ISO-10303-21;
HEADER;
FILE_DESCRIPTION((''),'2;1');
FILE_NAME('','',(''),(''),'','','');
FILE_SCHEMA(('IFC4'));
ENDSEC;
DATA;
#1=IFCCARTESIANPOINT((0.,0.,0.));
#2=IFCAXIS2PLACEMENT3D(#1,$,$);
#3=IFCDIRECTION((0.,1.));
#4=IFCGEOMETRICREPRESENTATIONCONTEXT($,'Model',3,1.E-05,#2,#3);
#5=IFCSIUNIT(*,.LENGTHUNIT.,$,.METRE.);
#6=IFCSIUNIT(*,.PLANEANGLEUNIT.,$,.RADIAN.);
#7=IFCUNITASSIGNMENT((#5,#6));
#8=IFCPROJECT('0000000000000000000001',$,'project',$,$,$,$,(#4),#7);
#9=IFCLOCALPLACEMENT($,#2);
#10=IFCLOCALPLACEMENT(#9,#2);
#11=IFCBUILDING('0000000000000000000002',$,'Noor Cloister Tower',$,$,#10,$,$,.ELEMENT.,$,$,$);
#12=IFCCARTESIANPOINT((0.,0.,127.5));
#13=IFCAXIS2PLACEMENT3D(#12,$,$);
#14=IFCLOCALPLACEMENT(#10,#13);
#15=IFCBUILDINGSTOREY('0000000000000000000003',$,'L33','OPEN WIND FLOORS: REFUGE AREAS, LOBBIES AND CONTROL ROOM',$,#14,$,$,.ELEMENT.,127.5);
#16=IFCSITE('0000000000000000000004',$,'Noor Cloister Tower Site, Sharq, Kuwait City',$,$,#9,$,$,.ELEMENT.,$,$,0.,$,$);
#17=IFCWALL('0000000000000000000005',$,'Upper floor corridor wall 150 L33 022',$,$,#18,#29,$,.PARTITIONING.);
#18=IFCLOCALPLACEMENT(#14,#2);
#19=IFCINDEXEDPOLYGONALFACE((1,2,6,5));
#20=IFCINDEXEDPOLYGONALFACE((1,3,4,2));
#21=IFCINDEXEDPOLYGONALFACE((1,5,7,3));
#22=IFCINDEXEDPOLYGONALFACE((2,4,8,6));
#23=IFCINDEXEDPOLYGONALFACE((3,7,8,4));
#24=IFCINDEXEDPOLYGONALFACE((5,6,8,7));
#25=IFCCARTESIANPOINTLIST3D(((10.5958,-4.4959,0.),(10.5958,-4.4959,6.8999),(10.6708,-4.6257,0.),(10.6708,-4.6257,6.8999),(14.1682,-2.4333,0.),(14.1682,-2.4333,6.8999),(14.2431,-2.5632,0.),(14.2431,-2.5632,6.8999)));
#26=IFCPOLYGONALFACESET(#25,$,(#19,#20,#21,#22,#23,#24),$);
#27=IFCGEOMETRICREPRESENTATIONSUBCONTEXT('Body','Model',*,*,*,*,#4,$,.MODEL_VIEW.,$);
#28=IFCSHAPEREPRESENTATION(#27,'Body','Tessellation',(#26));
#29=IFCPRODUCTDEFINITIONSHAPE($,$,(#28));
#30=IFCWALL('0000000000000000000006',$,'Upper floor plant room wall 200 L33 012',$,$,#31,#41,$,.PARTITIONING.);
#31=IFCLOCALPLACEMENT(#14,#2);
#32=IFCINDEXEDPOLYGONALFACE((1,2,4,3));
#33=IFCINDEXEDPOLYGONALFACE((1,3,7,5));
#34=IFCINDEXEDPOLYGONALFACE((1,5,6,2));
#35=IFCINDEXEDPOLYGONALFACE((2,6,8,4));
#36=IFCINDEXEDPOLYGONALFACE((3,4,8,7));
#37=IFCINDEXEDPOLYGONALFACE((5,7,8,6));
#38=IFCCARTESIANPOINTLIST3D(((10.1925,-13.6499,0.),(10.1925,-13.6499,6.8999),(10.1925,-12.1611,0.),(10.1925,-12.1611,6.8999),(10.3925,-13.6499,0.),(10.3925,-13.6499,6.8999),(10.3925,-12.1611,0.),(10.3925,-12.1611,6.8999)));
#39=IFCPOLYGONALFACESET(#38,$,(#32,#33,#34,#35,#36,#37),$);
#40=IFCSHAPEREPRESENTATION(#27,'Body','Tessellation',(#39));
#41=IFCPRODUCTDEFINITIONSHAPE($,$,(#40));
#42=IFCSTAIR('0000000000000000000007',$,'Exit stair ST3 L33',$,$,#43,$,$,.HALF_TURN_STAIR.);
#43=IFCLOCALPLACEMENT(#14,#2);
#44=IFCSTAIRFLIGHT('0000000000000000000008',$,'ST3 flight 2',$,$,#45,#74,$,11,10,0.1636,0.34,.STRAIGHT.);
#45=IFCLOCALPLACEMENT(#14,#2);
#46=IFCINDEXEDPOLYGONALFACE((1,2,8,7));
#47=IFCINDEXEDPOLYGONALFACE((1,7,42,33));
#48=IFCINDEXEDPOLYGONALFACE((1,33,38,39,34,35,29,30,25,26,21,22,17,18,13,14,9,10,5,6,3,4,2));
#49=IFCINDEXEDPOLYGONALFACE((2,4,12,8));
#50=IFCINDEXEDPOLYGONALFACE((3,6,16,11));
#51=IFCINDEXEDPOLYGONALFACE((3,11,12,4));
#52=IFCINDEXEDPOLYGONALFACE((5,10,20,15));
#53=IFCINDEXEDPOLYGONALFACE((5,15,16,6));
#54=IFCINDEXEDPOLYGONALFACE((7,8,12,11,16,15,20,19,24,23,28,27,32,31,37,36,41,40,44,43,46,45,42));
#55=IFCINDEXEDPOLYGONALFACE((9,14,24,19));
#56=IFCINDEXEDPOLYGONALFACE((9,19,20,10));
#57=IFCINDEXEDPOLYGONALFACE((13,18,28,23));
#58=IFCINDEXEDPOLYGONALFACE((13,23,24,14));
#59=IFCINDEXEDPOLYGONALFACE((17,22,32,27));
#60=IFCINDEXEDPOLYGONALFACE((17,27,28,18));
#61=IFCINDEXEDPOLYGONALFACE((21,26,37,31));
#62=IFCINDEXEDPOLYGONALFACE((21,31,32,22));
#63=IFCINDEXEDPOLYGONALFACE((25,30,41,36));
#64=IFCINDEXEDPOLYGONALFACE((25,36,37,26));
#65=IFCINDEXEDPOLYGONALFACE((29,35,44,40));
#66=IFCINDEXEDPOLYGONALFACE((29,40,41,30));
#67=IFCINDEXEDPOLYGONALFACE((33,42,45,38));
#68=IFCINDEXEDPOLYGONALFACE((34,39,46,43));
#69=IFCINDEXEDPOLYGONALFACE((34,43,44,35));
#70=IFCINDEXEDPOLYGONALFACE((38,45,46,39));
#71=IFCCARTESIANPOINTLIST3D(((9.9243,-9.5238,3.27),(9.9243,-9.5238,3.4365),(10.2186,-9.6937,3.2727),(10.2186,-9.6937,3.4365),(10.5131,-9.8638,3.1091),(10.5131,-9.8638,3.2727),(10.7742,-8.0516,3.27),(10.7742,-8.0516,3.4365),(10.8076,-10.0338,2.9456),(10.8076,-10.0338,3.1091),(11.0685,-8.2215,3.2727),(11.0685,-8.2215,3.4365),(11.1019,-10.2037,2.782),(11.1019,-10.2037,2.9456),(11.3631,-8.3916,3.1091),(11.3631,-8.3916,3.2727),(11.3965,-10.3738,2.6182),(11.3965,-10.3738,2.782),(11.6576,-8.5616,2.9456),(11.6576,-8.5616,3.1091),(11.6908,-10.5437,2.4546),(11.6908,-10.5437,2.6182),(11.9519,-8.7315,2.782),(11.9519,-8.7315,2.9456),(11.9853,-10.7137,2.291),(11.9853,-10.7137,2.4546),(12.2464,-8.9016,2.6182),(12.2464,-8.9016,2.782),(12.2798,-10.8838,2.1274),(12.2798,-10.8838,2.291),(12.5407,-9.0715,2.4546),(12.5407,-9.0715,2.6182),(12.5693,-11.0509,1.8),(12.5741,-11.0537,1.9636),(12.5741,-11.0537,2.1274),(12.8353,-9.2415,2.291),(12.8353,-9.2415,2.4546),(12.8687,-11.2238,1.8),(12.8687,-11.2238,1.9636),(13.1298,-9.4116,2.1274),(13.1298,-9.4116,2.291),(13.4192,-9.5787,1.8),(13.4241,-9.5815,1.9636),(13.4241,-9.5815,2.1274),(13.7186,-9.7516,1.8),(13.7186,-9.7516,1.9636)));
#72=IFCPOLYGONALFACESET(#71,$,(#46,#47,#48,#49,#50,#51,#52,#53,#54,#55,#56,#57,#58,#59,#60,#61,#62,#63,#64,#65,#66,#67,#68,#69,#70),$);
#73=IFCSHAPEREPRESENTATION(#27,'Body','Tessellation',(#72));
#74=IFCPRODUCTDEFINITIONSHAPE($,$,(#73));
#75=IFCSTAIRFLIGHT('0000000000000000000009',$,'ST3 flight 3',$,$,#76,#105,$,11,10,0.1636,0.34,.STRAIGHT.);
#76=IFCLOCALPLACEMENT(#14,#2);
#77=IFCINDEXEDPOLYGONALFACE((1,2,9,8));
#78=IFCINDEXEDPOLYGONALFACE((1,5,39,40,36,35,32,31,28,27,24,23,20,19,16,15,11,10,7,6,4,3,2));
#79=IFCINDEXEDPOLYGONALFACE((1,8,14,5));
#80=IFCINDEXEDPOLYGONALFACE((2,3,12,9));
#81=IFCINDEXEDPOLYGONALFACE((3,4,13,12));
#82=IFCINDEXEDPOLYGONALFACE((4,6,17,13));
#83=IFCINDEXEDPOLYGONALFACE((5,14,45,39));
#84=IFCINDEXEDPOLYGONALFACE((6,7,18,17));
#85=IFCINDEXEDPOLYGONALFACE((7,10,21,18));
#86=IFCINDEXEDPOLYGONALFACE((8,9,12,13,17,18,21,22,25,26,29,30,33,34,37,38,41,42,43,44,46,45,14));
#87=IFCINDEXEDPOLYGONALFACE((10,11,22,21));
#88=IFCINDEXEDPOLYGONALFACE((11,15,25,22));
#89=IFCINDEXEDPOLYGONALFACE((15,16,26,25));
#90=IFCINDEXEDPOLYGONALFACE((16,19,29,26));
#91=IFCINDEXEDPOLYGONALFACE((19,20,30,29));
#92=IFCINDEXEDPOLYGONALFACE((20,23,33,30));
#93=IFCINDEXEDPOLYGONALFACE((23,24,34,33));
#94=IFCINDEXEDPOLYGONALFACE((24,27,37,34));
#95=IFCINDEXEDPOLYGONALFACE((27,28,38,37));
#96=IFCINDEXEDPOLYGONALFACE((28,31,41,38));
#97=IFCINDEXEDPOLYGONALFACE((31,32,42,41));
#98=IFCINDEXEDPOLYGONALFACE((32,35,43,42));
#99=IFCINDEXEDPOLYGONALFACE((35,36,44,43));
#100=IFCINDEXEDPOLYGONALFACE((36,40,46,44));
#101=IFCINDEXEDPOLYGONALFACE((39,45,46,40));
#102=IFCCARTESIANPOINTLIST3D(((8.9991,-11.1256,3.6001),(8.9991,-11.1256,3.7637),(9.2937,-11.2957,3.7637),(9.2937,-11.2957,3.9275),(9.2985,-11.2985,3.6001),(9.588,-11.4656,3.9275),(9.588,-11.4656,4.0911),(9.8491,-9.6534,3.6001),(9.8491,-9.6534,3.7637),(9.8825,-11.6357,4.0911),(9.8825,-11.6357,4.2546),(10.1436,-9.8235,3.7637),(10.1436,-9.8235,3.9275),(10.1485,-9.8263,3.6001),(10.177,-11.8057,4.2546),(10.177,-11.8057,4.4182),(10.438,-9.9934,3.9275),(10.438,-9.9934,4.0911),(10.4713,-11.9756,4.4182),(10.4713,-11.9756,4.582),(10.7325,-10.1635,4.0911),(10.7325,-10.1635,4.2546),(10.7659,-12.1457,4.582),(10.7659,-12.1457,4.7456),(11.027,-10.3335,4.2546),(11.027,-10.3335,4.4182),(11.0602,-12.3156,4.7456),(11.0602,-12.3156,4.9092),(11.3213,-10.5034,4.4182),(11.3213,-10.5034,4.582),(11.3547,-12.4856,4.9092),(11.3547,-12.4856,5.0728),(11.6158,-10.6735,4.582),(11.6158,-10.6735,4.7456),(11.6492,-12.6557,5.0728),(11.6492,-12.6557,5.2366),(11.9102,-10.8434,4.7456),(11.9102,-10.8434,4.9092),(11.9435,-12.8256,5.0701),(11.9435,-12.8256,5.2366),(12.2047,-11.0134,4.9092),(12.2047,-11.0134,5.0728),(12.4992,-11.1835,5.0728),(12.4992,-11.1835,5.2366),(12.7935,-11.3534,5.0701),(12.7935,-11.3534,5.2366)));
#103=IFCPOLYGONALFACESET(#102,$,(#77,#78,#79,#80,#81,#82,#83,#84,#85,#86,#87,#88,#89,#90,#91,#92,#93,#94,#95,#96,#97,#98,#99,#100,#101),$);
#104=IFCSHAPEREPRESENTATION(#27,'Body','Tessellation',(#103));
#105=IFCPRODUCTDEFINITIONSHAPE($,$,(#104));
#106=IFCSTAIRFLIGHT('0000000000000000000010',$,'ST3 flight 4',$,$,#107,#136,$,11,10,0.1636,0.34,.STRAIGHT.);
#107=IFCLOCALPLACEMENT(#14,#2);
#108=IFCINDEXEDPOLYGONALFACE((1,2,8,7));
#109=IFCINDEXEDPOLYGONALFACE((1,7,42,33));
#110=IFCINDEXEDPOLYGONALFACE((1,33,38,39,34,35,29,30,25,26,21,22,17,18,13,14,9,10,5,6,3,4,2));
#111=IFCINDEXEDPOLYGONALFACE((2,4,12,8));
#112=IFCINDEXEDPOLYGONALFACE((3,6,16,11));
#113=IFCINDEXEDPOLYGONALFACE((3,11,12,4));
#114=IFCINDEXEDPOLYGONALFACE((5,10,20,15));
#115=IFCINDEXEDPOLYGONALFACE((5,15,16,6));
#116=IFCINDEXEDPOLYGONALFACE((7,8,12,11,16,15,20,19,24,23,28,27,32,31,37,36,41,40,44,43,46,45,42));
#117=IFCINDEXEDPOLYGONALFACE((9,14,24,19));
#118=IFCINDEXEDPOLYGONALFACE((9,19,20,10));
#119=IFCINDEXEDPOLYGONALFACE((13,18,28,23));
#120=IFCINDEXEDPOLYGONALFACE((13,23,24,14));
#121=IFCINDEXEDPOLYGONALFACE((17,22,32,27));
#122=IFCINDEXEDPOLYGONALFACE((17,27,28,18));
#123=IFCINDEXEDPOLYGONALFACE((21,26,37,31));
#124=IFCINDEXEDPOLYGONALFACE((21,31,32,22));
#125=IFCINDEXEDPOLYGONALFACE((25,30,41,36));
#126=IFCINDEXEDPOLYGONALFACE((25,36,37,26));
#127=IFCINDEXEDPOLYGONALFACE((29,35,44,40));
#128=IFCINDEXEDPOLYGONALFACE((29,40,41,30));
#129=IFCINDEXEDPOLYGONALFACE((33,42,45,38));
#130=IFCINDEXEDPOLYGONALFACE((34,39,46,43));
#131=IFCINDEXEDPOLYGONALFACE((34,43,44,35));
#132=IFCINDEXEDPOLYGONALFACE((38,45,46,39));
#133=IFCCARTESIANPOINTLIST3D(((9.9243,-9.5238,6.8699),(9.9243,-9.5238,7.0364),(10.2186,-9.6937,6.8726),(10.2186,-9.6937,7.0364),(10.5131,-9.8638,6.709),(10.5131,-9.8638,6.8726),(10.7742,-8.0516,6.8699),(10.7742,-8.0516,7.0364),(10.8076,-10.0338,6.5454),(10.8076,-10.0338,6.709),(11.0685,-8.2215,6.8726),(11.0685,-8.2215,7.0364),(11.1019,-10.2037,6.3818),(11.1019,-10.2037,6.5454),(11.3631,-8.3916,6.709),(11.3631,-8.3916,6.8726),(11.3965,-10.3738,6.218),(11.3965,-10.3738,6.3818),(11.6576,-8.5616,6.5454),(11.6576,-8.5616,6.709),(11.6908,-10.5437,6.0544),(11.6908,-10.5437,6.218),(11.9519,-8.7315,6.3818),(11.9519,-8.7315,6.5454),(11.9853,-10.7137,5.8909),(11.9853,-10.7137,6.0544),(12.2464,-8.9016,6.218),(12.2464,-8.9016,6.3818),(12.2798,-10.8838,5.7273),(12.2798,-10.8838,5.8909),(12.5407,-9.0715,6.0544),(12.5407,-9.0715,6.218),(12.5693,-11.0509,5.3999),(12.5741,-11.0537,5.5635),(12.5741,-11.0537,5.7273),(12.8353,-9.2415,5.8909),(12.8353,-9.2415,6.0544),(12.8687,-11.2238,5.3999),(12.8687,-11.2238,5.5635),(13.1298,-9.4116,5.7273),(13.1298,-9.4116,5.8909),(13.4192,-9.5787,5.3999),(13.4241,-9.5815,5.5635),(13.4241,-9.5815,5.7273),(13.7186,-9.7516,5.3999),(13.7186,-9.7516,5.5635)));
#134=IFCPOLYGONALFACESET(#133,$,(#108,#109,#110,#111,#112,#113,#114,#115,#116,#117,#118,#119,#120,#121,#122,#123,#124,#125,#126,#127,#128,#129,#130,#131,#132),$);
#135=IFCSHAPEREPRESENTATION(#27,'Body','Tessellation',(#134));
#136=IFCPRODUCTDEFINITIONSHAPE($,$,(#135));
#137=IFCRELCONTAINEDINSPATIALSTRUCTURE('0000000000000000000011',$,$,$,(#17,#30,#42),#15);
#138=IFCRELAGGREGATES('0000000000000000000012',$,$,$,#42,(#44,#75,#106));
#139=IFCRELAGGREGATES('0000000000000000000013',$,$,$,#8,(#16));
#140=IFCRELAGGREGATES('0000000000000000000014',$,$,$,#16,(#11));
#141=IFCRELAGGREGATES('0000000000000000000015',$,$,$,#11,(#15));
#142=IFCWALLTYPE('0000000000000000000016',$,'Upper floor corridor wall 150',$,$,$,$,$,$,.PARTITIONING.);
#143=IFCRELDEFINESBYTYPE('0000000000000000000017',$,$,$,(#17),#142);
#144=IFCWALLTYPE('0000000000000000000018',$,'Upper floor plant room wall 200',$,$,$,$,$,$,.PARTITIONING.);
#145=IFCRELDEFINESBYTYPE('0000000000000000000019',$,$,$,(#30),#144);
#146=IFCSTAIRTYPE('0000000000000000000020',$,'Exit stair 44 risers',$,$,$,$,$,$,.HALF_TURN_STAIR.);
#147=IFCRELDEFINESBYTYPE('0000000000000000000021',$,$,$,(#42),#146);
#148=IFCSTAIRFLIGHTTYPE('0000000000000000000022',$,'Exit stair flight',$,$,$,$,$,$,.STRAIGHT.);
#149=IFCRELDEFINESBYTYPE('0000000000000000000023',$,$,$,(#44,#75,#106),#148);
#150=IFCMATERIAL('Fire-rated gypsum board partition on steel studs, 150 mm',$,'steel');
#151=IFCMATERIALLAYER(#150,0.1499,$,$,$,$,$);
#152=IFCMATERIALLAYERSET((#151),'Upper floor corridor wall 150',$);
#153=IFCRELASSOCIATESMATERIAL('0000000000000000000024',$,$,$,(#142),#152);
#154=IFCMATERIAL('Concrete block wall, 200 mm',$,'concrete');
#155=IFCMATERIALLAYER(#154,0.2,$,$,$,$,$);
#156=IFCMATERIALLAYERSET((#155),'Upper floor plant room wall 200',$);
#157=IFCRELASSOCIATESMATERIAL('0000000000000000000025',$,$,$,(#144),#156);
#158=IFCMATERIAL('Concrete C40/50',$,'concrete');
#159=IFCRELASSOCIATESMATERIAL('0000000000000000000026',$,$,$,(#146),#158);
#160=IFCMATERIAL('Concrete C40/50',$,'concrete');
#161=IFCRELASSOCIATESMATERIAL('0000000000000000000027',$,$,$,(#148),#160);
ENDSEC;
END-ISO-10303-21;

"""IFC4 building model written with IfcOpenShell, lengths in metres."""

from ifc_helpers import new_model, si_unit, direction, frame, frame_2d, origin, place, context, subcontext, project, spatial, polyline, rectangle, outline, extrude, material, layer, layer_set, type_object, element, aggregate, save


model = new_model("IFC4")

# Units and contexts
model_context = context("Model", 3, precision=1e-05, world=origin(), true_north=direction((0.0, 1.0)))
body_context = subcontext(model_context, "Body", "Model", "MODEL_VIEW")
ifc_project = project(units=[si_unit("LENGTHUNIT", "METRE"), si_unit("PLANEANGLEUNIT", "RADIAN")], contexts=[model_context])

# Site, building, storey
site_placement = place(None, origin())
site = spatial("IfcSite", under=ifc_project, at=site_placement, Name="Noor Cloister Tower Site, Sharq, Kuwait City", CompositionType="ELEMENT", RefElevation=0.0)
building_placement = place(site_placement, origin())
building = spatial("IfcBuilding", under=site, at=building_placement, Name="Noor Cloister Tower", CompositionType="ELEMENT")
storey_placement = place(building_placement, frame((0.0, 0.0, 127.5)))
storey = spatial("IfcBuildingStorey", under=building, at=storey_placement, Name="L33", Description="OPEN WIND FLOORS: REFUGE AREAS, LOBBIES AND CONTROL ROOM", CompositionType="ELEMENT", Elevation=127.5)

# Walls
ifc_material_1 = material(Name="Fire-rated gypsum board partition on steel studs, 150 mm", Category="steel")
ifc_layer_1 = layer(ifc_material_1, 0.1499)
ifc_layer_set_1 = layer_set([ifc_layer_1], Name="Upper floor corridor wall 150")
wall_type_1 = type_object("IfcWallType", Name="Upper floor corridor wall 150", PredefinedType="PARTITIONING", material=ifc_layer_set_1)
wall_1_placement = place(storey_placement, frame((10.6333, -4.5608, 0.0), z_axis=(0.0, 0.0, 1.0), x_axis=(0.86602, 0.500009, 0.0)))
element("IfcWall", 1, at=wall_1_placement, inside=storey, type_object=wall_type_1, Name="Upper floor corridor wall 150 L33 022", PredefinedType="PARTITIONING", context=body_context, shape_type="SweptSolid", body=[
    extrude(rectangle(XDim=4.125, YDim=0.1499, at=frame_2d((2.0625, 0.0))), origin(), (0.0, 0.0, 1.0), 6.8999),
])
ifc_material_2 = material(Name="Concrete block wall, 200 mm", Category="concrete")
ifc_layer_2 = layer(ifc_material_2, 0.2)
ifc_layer_set_2 = layer_set([ifc_layer_2], Name="Upper floor plant room wall 200")
wall_type_2 = type_object("IfcWallType", Name="Upper floor plant room wall 200", PredefinedType="PARTITIONING", material=ifc_layer_set_2)
wall_2_placement = place(storey_placement, frame((10.2925, -13.6499, 0.0), z_axis=(0.0, 0.0, 1.0), x_axis=(0.0, 1.0, 0.0)))
element("IfcWall", 2, at=wall_2_placement, inside=storey, type_object=wall_type_2, Name="Upper floor plant room wall 200 L33 012", PredefinedType="PARTITIONING", context=body_context, shape_type="SweptSolid", body=[
    extrude(rectangle(XDim=1.4888, YDim=0.2, at=frame_2d((0.7444, 0.0))), origin(), (0.0, 0.0, 1.0), 6.8999),
])

# Stair, stair flights
ifc_material_3 = material(Name="Concrete C40/50", Category="concrete")
stair_type = type_object("IfcStairType", Name="Exit stair 44 risers", PredefinedType="HALF_TURN_STAIR", material=ifc_material_3)
stair_placement = place(storey_placement, origin())
stair = element("IfcStair", 3, at=stair_placement, inside=storey, type_object=stair_type, Name="Exit stair ST3 L33", PredefinedType="HALF_TURN_STAIR")
ifc_material_4 = material(Name="Concrete C40/50", Category="concrete")
stair_flight_type = type_object("IfcStairFlightType", Name="Exit stair flight", PredefinedType="STRAIGHT", material=ifc_material_4)
stair_flight_1_placement = place(storey_placement, frame((13.2937, -10.4875, 1.8), z_axis=(0.0, 0.0, 1.0), x_axis=(-0.866025, 0.5, 0.0)))
stair_flight_1 = element("IfcStairFlight", 4, at=stair_flight_1_placement, type_object=stair_flight_type, Name="ST3 flight 2", NumberOfRisers=11, NumberOfTreads=10, PredefinedType="STRAIGHT", RiserHeight=0.1636, TreadLength=0.34, context=body_context, shape_type="SweptSolid", body=[
    extrude(outline(polyline([(0.0, 0.0), (0.0, 0.1636), (0.3401, 0.1636), (0.3401, 0.3274), (0.6799, 0.3274), (0.6799, 0.491), (1.02, 0.491), (1.02, 0.6545), (1.3601, 0.6545), (1.3601, 0.8181), (1.7, 0.8181), (1.7, 0.9819), (2.04, 0.9819), (2.04, 1.1455), (2.3799, 1.1455), (2.3799, 1.3091), (2.72, 1.3091), (2.72, 1.4727), (3.0601, 1.4727), (3.0601, 1.6365), (3.3999, 1.6365), (3.3999, 1.8), (3.3999, 1.47), (0.3457, 0.0), (0.0, 0.0)])), frame((0.0, 0.8501, 0.0), z_axis=(0.0, -1.0, 0.0), x_axis=(1.0, 0.0, 0.0)), (0.0, 0.0, 1.0), 1.7),
])
stair_flight_2_placement = place(storey_placement, frame((9.4241, -10.3896, 3.6001), z_axis=(0.0, 0.0, 1.0), x_axis=(0.866025, -0.5, 0.0)))
stair_flight_2 = element("IfcStairFlight", 5, at=stair_flight_2_placement, type_object=stair_flight_type, Name="ST3 flight 3", NumberOfRisers=11, NumberOfTreads=10, PredefinedType="STRAIGHT", RiserHeight=0.1636, TreadLength=0.34, context=body_context, shape_type="SweptSolid", body=[
    extrude(outline(polyline([(0.0, 0.0), (0.0, 0.1636), (0.3401, 0.1636), (0.3401, 0.3274), (0.6799, 0.3274), (0.6799, 0.491), (1.02, 0.491), (1.02, 0.6545), (1.3601, 0.6545), (1.3601, 0.8181), (1.7, 0.8181), (1.7, 0.9819), (2.04, 0.9819), (2.04, 1.1455), (2.3799, 1.1455), (2.3799, 1.3091), (2.72, 1.3091), (2.72, 1.4727), (3.0601, 1.4727), (3.0601, 1.6365), (3.3999, 1.6365), (3.3999, 1.8), (3.3999, 1.47), (0.3457, 0.0), (0.0, 0.0)])), frame((0.0, 0.8501, 0.0), z_axis=(0.0, -1.0, 0.0), x_axis=(1.0, 0.0, 0.0)), (0.0, 0.0, 1.0), 1.7),
])
stair_flight_3_placement = place(storey_placement, frame((13.2937, -10.4875, 5.3999), z_axis=(0.0, 0.0, 1.0), x_axis=(-0.866025, 0.5, 0.0)))
stair_flight_3 = element("IfcStairFlight", 6, at=stair_flight_3_placement, type_object=stair_flight_type, Name="ST3 flight 4", NumberOfRisers=11, NumberOfTreads=10, PredefinedType="STRAIGHT", RiserHeight=0.1636, TreadLength=0.34, context=body_context, shape_type="SweptSolid", body=[
    extrude(outline(polyline([(0.0, 0.0), (0.0, 0.1636), (0.3401, 0.1636), (0.3401, 0.3274), (0.6799, 0.3274), (0.6799, 0.491), (1.02, 0.491), (1.02, 0.6545), (1.3601, 0.6545), (1.3601, 0.8181), (1.7, 0.8181), (1.7, 0.9819), (2.04, 0.9819), (2.04, 1.1455), (2.3799, 1.1455), (2.3799, 1.3091), (2.72, 1.3091), (2.72, 1.4727), (3.0601, 1.4727), (3.0601, 1.6365), (3.3999, 1.6365), (3.3999, 1.8), (3.3999, 1.47), (0.3457, 0.0), (0.0, 0.0)])), frame((0.0, 0.8501, 0.0), z_axis=(0.0, -1.0, 0.0), x_axis=(1.0, 0.0, 0.0)), (0.0, 0.0, 1.0), 1.7),
])
aggregate(stair, [stair_flight_1, stair_flight_2, stair_flight_3])

save(model, "model.ifc")
